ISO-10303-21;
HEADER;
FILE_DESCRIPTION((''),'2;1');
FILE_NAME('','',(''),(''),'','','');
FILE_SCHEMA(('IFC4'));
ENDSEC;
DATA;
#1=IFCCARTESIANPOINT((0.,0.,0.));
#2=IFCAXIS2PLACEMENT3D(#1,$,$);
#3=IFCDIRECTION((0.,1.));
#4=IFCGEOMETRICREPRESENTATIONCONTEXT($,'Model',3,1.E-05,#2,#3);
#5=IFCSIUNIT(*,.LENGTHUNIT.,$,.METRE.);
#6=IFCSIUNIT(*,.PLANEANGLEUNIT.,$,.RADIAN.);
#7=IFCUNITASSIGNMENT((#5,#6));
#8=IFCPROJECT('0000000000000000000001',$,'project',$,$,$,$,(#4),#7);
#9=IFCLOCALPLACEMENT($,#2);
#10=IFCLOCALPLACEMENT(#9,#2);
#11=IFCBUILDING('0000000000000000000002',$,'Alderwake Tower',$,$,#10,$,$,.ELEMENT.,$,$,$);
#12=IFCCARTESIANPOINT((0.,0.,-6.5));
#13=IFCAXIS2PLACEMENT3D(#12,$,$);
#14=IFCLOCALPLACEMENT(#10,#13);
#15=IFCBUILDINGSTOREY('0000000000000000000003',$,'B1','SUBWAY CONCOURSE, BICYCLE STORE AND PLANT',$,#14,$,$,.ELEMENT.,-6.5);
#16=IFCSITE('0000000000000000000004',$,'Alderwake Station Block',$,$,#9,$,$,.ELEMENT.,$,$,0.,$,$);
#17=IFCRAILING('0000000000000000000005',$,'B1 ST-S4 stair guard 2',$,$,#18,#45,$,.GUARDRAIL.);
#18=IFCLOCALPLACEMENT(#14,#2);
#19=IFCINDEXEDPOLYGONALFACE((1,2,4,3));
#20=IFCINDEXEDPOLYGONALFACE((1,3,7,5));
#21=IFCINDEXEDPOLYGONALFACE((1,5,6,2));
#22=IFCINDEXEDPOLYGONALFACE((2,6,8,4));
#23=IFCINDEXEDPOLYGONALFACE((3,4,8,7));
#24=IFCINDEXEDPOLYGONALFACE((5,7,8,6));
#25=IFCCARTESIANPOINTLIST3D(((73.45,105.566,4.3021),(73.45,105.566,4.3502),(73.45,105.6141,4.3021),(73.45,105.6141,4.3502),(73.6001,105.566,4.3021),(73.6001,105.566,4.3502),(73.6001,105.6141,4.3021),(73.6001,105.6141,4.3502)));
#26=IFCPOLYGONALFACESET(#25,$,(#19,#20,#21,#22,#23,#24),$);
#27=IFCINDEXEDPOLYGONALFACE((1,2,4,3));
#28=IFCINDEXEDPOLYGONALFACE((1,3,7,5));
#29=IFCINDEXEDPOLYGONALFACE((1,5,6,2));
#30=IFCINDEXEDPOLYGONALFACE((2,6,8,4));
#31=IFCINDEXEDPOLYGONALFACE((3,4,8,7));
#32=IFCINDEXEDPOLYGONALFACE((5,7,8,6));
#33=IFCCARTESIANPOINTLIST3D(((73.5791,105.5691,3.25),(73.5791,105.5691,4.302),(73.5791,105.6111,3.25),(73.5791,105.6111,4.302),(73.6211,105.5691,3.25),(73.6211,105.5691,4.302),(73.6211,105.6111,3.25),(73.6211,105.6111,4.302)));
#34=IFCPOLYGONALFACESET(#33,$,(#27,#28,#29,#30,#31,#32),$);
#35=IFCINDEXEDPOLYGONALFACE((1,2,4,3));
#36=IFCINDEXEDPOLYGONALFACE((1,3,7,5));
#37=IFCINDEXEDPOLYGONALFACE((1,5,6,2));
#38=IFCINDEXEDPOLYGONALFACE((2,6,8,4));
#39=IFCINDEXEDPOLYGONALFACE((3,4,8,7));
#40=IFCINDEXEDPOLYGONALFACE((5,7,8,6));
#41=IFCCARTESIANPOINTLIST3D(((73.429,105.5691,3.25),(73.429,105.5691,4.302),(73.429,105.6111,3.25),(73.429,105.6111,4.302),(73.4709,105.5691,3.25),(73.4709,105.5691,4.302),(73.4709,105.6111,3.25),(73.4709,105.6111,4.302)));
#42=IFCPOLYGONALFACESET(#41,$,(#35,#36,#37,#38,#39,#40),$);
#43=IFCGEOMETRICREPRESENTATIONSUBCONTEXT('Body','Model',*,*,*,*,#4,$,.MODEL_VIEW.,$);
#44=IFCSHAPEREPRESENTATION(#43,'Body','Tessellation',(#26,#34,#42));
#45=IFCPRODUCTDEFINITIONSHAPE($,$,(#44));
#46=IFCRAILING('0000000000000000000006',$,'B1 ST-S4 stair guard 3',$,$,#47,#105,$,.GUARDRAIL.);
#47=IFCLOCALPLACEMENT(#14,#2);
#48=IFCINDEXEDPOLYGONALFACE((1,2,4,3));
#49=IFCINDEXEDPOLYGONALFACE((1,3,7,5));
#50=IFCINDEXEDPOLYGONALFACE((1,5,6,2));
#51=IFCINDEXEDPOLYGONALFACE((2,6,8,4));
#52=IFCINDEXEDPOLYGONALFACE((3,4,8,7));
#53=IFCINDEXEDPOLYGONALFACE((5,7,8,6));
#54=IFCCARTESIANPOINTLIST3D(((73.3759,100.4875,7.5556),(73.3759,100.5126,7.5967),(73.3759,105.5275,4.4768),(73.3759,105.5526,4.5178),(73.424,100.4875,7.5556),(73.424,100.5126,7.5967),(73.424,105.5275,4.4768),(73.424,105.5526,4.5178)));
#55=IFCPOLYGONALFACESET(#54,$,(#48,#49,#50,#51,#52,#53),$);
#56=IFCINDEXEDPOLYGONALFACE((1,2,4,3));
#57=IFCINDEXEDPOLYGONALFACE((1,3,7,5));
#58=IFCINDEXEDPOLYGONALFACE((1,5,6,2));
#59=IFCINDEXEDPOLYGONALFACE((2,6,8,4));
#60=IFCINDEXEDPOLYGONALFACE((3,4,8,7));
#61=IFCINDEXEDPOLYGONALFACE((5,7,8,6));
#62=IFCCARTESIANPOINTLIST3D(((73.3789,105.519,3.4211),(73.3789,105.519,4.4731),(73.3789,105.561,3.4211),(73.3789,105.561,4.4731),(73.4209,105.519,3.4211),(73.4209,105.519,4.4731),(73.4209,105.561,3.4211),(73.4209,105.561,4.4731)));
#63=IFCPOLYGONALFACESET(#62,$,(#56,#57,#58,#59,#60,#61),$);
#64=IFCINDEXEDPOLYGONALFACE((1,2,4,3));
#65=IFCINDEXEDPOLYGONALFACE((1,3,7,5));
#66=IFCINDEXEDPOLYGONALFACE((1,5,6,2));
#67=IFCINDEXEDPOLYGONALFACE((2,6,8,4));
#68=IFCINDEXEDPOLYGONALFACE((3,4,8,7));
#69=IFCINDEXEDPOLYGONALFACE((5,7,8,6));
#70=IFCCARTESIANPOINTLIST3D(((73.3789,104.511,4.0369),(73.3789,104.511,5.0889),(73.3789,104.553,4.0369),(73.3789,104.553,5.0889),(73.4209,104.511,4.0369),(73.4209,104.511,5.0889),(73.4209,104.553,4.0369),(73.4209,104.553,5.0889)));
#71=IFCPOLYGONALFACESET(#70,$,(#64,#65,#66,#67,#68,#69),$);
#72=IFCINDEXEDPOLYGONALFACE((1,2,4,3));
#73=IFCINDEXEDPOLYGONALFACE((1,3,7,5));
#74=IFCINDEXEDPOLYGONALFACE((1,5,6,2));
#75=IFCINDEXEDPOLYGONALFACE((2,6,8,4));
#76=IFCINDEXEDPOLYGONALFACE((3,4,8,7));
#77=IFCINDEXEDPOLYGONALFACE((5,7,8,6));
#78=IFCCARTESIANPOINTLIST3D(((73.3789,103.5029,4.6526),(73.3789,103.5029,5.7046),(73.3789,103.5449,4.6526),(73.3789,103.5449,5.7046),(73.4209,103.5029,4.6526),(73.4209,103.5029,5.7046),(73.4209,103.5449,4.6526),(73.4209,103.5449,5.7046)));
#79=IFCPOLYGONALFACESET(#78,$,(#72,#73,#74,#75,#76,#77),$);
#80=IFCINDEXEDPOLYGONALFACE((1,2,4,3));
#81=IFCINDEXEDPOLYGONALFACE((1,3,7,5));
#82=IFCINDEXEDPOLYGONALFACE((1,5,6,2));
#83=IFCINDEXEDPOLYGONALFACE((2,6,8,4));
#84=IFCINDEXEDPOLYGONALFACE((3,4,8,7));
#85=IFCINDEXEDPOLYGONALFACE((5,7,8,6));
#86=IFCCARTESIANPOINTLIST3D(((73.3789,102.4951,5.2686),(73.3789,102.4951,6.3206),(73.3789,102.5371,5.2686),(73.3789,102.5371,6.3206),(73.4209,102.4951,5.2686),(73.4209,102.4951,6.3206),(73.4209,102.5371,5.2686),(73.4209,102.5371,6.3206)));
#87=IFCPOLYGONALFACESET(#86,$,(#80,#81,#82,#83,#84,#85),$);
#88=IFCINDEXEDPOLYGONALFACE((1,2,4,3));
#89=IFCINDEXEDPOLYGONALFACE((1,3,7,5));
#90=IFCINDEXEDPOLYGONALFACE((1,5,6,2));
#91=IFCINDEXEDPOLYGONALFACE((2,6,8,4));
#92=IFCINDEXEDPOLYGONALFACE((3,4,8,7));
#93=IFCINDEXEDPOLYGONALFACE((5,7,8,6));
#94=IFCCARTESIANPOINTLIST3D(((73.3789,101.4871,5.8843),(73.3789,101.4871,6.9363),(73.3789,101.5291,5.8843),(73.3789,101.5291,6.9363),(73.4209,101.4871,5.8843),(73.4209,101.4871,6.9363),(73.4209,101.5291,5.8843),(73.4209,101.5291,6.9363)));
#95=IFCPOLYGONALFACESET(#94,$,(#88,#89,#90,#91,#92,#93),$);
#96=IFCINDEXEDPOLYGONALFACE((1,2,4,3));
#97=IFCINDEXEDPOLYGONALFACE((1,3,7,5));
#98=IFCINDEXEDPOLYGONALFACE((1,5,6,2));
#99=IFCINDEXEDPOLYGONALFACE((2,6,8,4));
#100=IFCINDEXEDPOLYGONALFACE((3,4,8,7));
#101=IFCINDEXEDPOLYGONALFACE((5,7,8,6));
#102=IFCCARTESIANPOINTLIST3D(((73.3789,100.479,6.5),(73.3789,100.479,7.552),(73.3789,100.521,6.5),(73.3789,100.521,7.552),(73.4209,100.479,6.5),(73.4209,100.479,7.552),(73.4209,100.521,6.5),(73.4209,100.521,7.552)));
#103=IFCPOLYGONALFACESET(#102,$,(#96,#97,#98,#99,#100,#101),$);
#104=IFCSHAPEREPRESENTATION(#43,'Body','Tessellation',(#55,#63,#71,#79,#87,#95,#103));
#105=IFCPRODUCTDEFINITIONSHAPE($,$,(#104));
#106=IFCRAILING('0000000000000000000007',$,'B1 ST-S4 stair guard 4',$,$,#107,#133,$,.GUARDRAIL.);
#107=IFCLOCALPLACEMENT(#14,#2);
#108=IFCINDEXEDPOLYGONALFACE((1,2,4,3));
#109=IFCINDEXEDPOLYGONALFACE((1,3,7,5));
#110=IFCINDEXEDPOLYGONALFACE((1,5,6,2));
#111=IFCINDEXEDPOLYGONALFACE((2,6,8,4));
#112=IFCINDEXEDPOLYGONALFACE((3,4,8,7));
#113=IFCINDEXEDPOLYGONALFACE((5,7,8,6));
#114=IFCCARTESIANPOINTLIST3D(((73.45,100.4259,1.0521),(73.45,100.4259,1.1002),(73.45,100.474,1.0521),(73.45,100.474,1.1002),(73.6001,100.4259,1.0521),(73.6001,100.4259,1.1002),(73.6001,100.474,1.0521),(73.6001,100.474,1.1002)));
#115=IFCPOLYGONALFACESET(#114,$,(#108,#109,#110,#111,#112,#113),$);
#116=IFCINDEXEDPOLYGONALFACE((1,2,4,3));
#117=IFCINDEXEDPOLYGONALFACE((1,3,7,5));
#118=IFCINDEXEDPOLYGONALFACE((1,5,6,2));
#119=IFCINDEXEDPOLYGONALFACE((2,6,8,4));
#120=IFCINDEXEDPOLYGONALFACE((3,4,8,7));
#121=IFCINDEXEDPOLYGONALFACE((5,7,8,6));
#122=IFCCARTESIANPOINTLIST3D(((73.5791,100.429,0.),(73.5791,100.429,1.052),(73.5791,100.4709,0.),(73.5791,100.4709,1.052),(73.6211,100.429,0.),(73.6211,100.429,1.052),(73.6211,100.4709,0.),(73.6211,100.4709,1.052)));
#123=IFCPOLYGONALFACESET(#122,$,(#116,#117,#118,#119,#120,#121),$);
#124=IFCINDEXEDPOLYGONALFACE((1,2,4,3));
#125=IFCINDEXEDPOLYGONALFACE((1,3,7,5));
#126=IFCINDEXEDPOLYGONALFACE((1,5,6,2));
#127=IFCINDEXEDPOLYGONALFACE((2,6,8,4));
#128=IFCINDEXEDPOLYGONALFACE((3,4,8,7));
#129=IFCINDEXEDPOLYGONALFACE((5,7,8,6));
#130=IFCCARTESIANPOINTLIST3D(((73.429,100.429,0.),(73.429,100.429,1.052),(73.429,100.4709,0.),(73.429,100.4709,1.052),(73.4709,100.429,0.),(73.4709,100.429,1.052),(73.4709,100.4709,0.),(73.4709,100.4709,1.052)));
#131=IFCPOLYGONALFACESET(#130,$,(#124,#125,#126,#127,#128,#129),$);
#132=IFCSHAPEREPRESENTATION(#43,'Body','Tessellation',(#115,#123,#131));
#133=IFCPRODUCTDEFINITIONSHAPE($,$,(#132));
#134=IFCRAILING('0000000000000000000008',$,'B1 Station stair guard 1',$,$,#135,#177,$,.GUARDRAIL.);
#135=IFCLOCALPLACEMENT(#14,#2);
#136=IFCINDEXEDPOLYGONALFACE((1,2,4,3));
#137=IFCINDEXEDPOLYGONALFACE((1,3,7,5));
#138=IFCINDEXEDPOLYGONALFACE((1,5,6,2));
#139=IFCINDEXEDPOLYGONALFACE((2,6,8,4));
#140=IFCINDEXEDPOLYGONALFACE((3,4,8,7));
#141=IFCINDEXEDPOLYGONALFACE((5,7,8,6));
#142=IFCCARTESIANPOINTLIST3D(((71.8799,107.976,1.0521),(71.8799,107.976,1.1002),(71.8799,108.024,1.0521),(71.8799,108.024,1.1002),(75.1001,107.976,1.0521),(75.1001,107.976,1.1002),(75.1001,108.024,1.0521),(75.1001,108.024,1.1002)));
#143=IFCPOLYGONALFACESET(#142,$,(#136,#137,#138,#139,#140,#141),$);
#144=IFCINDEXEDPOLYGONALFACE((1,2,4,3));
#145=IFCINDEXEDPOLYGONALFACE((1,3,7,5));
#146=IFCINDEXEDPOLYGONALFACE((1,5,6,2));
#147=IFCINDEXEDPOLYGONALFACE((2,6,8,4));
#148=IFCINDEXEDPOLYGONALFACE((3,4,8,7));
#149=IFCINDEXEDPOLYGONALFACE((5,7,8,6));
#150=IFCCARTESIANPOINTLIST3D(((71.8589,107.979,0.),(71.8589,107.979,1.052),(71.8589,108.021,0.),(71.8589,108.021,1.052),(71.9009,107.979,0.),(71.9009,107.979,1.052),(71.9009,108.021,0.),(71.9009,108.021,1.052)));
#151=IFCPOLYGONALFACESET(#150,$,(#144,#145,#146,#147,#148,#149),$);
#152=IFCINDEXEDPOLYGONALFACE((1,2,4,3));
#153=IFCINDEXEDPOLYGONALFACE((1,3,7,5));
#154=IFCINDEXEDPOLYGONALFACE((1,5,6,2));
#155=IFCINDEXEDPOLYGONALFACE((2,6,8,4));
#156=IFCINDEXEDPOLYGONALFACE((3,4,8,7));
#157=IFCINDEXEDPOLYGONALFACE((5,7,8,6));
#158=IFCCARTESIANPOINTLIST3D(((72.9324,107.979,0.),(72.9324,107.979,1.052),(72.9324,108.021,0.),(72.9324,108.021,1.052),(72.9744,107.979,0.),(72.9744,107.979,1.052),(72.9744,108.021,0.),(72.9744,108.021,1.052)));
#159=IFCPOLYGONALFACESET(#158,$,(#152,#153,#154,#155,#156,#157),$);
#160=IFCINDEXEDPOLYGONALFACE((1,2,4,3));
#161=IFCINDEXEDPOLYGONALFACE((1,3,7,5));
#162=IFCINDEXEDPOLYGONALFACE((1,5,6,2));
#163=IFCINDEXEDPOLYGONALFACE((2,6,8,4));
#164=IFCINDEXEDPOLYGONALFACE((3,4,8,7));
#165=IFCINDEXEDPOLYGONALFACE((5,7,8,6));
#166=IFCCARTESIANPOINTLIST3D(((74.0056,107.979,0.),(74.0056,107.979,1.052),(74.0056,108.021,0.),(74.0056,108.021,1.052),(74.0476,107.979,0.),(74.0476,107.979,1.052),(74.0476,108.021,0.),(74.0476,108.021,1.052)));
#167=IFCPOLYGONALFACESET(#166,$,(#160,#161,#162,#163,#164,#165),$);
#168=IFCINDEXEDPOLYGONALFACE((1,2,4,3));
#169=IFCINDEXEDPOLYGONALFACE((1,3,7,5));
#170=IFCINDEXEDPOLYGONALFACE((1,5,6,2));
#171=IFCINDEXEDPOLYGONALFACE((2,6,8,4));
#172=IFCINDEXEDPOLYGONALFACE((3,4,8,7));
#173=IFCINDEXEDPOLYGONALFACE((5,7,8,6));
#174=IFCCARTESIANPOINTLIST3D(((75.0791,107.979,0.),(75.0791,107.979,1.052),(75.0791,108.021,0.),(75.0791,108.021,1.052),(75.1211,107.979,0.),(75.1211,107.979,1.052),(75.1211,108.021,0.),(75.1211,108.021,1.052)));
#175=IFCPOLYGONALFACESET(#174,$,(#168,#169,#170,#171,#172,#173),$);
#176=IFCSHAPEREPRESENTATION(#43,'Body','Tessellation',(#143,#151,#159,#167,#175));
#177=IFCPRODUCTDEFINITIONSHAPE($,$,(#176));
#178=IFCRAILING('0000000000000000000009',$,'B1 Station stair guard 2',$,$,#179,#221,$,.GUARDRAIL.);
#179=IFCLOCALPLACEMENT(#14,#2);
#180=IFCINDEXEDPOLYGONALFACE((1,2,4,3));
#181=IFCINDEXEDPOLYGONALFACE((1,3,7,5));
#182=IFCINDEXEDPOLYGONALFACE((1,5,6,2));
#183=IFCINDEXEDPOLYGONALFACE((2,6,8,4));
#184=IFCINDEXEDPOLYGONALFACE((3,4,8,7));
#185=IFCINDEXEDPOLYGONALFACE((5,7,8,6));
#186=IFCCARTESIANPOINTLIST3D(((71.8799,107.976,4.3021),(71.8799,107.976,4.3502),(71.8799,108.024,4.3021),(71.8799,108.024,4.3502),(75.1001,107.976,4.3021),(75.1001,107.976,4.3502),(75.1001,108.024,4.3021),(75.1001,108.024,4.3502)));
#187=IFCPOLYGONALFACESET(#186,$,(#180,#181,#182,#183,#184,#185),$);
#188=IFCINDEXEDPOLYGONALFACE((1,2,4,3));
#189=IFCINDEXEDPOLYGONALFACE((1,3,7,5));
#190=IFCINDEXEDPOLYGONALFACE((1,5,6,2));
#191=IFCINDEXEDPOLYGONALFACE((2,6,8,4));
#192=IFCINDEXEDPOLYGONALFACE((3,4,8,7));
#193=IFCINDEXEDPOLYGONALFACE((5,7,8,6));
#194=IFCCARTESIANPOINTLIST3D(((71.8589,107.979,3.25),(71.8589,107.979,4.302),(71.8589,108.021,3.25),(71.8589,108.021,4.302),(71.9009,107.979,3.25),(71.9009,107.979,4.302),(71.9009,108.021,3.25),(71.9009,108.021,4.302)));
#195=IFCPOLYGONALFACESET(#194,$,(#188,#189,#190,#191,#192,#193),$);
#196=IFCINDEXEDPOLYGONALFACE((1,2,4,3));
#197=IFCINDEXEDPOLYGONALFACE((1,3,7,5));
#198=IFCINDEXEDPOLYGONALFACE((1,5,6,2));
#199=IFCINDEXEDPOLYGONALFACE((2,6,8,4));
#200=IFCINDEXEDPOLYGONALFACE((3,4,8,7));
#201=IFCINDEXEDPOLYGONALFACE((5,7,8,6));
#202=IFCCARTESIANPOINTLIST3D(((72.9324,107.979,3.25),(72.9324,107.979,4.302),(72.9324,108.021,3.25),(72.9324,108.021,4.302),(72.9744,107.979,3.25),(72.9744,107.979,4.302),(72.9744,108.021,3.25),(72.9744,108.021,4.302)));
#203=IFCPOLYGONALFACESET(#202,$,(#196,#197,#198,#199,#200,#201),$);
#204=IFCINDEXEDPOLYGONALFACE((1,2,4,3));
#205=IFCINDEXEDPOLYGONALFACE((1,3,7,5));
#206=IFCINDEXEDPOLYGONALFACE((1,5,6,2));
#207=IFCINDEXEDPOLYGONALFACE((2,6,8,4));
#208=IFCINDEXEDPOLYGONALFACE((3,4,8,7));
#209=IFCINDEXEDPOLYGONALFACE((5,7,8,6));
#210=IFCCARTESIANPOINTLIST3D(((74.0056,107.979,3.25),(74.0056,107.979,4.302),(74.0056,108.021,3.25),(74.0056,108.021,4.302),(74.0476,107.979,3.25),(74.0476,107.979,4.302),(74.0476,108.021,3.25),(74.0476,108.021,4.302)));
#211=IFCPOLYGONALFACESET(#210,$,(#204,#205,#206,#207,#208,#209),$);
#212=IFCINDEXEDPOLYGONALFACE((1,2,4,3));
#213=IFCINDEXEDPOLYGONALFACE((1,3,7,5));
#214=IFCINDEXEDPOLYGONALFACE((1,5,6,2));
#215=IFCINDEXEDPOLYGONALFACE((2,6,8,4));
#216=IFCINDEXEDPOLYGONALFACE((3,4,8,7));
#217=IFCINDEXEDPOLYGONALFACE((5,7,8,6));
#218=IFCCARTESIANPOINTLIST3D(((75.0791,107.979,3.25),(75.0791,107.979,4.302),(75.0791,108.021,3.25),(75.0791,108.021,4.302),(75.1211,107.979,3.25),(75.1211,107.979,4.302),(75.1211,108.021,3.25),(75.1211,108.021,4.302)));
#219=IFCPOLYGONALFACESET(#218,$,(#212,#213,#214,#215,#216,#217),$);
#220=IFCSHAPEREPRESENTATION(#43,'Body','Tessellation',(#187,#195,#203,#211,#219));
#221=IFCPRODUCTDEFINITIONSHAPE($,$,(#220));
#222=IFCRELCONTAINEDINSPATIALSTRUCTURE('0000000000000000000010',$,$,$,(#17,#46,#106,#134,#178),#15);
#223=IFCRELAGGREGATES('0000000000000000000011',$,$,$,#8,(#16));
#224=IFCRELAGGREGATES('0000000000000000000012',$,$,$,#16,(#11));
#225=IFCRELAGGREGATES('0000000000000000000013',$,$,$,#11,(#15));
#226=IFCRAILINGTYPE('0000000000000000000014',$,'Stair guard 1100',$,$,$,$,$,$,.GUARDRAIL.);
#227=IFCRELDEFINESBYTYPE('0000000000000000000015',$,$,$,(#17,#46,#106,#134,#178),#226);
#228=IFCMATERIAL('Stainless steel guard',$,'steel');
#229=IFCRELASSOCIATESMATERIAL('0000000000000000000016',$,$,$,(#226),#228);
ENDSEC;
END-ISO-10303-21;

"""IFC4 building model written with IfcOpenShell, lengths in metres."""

from ifc_helpers import new_model, si_unit, direction, frame, origin, origin_with_axes, origin_2d, place, context, subcontext, project, spatial, rectangle, extrude, material, type_object, element, save


model = new_model("IFC4")

# Units and contexts
model_context = context("Model", 3, precision=1e-05, world=origin(), true_north=direction((0.0, 1.0)))
body_context = subcontext(model_context, "Body", "Model", "MODEL_VIEW")
ifc_project = project(units=[si_unit("LENGTHUNIT", "METRE"), si_unit("PLANEANGLEUNIT", "RADIAN")], contexts=[model_context])

# Site, building, storey
site_placement = place(None, origin())
site = spatial("IfcSite", under=ifc_project, at=site_placement, Name="Alderwake Station Block", CompositionType="ELEMENT", RefElevation=0.0)
building_placement = place(site_placement, origin())
building = spatial("IfcBuilding", under=site, at=building_placement, Name="Alderwake Tower", CompositionType="ELEMENT")
storey_placement = place(building_placement, frame((0.0, 0.0, -6.5)))
storey = spatial("IfcBuildingStorey", under=building, at=storey_placement, Name="B1", Description="SUBWAY CONCOURSE, BICYCLE STORE AND PLANT", CompositionType="ELEMENT", Elevation=-6.5)

# Railings
ifc_material_1 = material(Name="Stainless steel guard", Category="steel")
railing_type_1 = type_object("IfcRailingType", Name="Stair guard 1100", PredefinedType="GUARDRAIL", material=ifc_material_1)
railing_1_placement = place(storey_placement, frame((73.6001, 105.5901, 3.25)))
element("IfcRailing", 1, at=railing_1_placement, inside=storey, type_object=railing_type_1, Name="B1 ST-S4 stair guard 2", PredefinedType="GUARDRAIL", context=body_context, shape_type="SweptSolid", body=[
    extrude(rectangle(XDim=0.0481, YDim=0.0481, at=origin_2d()), frame((0.0, 0.0, 1.0762), z_axis=(-1.0, 0.0, 0.0), x_axis=(0.0, -1.0, 0.0)), (0.0, 0.0, 1.0), 0.1501),
    extrude(rectangle(XDim=0.042, YDim=0.042, at=origin_2d()), frame((0.0, 0.0, 0.0), z_axis=(0.0, 0.0, 1.0), x_axis=(-1.0, 0.0, 0.0)), (0.0, 0.0, 1.0), 1.052),
    extrude(rectangle(XDim=0.042, YDim=0.042, at=origin_2d()), frame((-0.1501, 0.0, 0.0), z_axis=(0.0, 0.0, 1.0), x_axis=(-1.0, 0.0, 0.0)), (0.0, 0.0, 1.0), 1.052),
])
railing_2_placement = place(storey_placement, frame((73.3999, 105.54, 3.4211)))
element("IfcRailing", 2, at=railing_2_placement, inside=storey, type_object=railing_type_1, Name="B1 ST-S4 stair guard 3", PredefinedType="GUARDRAIL", context=body_context, shape_type="SweptSolid", body=[
    extrude(rectangle(XDim=0.0481, YDim=0.0481, at=origin_2d()), frame((0.0, 0.0, 1.0762), z_axis=(0.0, -0.85337, 0.521306), x_axis=(1.0, 0.0, 0.0)), (0.0, 0.0, 1.0), 5.906),
    extrude(rectangle(XDim=0.042, YDim=0.042, at=origin_2d()), frame((0.0, 0.0, 0.0), z_axis=(0.0, 0.0, 1.0), x_axis=(0.0, -1.0, 0.0)), (0.0, 0.0, 1.0), 1.052),
    extrude(rectangle(XDim=0.042, YDim=0.042, at=origin_2d()), frame((0.0, -1.0081, 0.6157), z_axis=(0.0, 0.0, 1.0), x_axis=(0.0, -1.0, 0.0)), (0.0, 0.0, 1.0), 1.052),
    extrude(rectangle(XDim=0.042, YDim=0.042, at=origin_2d()), frame((0.0, -2.0161, 1.2314), z_axis=(0.0, 0.0, 1.0), x_axis=(0.0, -1.0, 0.0)), (0.0, 0.0, 1.0), 1.052),
    extrude(rectangle(XDim=0.042, YDim=0.042, at=origin_2d()), frame((0.0, -3.0239, 1.8474), z_axis=(0.0, 0.0, 1.0), x_axis=(0.0, -1.0, 0.0)), (0.0, 0.0, 1.0), 1.052),
    extrude(rectangle(XDim=0.042, YDim=0.042, at=origin_2d()), frame((0.0, -4.032, 2.4631), z_axis=(0.0, 0.0, 1.0), x_axis=(0.0, -1.0, 0.0)), (0.0, 0.0, 1.0), 1.052),
    extrude(rectangle(XDim=0.042, YDim=0.042, at=origin_2d()), frame((0.0, -5.04, 3.0789), z_axis=(0.0, 0.0, 1.0), x_axis=(0.0, -1.0, 0.0)), (0.0, 0.0, 1.0), 1.052),
])
railing_3_placement = place(storey_placement, frame((73.6001, 100.45, 0.0)))
element("IfcRailing", 3, at=railing_3_placement, inside=storey, type_object=railing_type_1, Name="B1 ST-S4 stair guard 4", PredefinedType="GUARDRAIL", context=body_context, shape_type="SweptSolid", body=[
    extrude(rectangle(XDim=0.0481, YDim=0.0481, at=origin_2d()), frame((0.0, 0.0, 1.0762), z_axis=(-1.0, 0.0, 0.0), x_axis=(0.0, -1.0, 0.0)), (0.0, 0.0, 1.0), 0.1501),
    extrude(rectangle(XDim=0.042, YDim=0.042, at=origin_2d()), frame((0.0, 0.0, 0.0), z_axis=(0.0, 0.0, 1.0), x_axis=(-1.0, 0.0, 0.0)), (0.0, 0.0, 1.0), 1.052),
    extrude(rectangle(XDim=0.042, YDim=0.042, at=origin_2d()), frame((-0.1501, 0.0, 0.0), z_axis=(0.0, 0.0, 1.0), x_axis=(-1.0, 0.0, 0.0)), (0.0, 0.0, 1.0), 1.052),
])
for number, where, name in (
    (4, (71.8799, 108.0, 0.0), "B1 Station stair guard 1"),
    (5, (71.8799, 108.0, 3.25), "B1 Station stair guard 2"),
):
    element("IfcRailing", number, at=place(storey_placement, frame(where)), inside=storey, type_object=railing_type_1, Name=name, PredefinedType="GUARDRAIL", context=body_context, shape_type="SweptSolid", body=[
        extrude(rectangle(XDim=0.0481, YDim=0.0481, at=origin_2d()), frame((0.0, 0.0, 1.0762), z_axis=(1.0, 0.0, 0.0), x_axis=(0.0, 1.0, 0.0)), (0.0, 0.0, 1.0), 3.2202),
        extrude(rectangle(XDim=0.042, YDim=0.042, at=origin_2d()), origin_with_axes(), (0.0, 0.0, 1.0), 1.052),
        extrude(rectangle(XDim=0.042, YDim=0.042, at=origin_2d()), frame((1.0735, 0.0, 0.0), z_axis=(0.0, 0.0, 1.0), x_axis=(1.0, 0.0, 0.0)), (0.0, 0.0, 1.0), 1.052),
        extrude(rectangle(XDim=0.042, YDim=0.042, at=origin_2d()), frame((2.1467, 0.0, 0.0), z_axis=(0.0, 0.0, 1.0), x_axis=(1.0, 0.0, 0.0)), (0.0, 0.0, 1.0), 1.052),
        extrude(rectangle(XDim=0.042, YDim=0.042, at=origin_2d()), frame((3.2202, 0.0, 0.0), z_axis=(0.0, 0.0, 1.0), x_axis=(1.0, 0.0, 0.0)), (0.0, 0.0, 1.0), 1.052),
    ])

save(model, "model.ifc")
